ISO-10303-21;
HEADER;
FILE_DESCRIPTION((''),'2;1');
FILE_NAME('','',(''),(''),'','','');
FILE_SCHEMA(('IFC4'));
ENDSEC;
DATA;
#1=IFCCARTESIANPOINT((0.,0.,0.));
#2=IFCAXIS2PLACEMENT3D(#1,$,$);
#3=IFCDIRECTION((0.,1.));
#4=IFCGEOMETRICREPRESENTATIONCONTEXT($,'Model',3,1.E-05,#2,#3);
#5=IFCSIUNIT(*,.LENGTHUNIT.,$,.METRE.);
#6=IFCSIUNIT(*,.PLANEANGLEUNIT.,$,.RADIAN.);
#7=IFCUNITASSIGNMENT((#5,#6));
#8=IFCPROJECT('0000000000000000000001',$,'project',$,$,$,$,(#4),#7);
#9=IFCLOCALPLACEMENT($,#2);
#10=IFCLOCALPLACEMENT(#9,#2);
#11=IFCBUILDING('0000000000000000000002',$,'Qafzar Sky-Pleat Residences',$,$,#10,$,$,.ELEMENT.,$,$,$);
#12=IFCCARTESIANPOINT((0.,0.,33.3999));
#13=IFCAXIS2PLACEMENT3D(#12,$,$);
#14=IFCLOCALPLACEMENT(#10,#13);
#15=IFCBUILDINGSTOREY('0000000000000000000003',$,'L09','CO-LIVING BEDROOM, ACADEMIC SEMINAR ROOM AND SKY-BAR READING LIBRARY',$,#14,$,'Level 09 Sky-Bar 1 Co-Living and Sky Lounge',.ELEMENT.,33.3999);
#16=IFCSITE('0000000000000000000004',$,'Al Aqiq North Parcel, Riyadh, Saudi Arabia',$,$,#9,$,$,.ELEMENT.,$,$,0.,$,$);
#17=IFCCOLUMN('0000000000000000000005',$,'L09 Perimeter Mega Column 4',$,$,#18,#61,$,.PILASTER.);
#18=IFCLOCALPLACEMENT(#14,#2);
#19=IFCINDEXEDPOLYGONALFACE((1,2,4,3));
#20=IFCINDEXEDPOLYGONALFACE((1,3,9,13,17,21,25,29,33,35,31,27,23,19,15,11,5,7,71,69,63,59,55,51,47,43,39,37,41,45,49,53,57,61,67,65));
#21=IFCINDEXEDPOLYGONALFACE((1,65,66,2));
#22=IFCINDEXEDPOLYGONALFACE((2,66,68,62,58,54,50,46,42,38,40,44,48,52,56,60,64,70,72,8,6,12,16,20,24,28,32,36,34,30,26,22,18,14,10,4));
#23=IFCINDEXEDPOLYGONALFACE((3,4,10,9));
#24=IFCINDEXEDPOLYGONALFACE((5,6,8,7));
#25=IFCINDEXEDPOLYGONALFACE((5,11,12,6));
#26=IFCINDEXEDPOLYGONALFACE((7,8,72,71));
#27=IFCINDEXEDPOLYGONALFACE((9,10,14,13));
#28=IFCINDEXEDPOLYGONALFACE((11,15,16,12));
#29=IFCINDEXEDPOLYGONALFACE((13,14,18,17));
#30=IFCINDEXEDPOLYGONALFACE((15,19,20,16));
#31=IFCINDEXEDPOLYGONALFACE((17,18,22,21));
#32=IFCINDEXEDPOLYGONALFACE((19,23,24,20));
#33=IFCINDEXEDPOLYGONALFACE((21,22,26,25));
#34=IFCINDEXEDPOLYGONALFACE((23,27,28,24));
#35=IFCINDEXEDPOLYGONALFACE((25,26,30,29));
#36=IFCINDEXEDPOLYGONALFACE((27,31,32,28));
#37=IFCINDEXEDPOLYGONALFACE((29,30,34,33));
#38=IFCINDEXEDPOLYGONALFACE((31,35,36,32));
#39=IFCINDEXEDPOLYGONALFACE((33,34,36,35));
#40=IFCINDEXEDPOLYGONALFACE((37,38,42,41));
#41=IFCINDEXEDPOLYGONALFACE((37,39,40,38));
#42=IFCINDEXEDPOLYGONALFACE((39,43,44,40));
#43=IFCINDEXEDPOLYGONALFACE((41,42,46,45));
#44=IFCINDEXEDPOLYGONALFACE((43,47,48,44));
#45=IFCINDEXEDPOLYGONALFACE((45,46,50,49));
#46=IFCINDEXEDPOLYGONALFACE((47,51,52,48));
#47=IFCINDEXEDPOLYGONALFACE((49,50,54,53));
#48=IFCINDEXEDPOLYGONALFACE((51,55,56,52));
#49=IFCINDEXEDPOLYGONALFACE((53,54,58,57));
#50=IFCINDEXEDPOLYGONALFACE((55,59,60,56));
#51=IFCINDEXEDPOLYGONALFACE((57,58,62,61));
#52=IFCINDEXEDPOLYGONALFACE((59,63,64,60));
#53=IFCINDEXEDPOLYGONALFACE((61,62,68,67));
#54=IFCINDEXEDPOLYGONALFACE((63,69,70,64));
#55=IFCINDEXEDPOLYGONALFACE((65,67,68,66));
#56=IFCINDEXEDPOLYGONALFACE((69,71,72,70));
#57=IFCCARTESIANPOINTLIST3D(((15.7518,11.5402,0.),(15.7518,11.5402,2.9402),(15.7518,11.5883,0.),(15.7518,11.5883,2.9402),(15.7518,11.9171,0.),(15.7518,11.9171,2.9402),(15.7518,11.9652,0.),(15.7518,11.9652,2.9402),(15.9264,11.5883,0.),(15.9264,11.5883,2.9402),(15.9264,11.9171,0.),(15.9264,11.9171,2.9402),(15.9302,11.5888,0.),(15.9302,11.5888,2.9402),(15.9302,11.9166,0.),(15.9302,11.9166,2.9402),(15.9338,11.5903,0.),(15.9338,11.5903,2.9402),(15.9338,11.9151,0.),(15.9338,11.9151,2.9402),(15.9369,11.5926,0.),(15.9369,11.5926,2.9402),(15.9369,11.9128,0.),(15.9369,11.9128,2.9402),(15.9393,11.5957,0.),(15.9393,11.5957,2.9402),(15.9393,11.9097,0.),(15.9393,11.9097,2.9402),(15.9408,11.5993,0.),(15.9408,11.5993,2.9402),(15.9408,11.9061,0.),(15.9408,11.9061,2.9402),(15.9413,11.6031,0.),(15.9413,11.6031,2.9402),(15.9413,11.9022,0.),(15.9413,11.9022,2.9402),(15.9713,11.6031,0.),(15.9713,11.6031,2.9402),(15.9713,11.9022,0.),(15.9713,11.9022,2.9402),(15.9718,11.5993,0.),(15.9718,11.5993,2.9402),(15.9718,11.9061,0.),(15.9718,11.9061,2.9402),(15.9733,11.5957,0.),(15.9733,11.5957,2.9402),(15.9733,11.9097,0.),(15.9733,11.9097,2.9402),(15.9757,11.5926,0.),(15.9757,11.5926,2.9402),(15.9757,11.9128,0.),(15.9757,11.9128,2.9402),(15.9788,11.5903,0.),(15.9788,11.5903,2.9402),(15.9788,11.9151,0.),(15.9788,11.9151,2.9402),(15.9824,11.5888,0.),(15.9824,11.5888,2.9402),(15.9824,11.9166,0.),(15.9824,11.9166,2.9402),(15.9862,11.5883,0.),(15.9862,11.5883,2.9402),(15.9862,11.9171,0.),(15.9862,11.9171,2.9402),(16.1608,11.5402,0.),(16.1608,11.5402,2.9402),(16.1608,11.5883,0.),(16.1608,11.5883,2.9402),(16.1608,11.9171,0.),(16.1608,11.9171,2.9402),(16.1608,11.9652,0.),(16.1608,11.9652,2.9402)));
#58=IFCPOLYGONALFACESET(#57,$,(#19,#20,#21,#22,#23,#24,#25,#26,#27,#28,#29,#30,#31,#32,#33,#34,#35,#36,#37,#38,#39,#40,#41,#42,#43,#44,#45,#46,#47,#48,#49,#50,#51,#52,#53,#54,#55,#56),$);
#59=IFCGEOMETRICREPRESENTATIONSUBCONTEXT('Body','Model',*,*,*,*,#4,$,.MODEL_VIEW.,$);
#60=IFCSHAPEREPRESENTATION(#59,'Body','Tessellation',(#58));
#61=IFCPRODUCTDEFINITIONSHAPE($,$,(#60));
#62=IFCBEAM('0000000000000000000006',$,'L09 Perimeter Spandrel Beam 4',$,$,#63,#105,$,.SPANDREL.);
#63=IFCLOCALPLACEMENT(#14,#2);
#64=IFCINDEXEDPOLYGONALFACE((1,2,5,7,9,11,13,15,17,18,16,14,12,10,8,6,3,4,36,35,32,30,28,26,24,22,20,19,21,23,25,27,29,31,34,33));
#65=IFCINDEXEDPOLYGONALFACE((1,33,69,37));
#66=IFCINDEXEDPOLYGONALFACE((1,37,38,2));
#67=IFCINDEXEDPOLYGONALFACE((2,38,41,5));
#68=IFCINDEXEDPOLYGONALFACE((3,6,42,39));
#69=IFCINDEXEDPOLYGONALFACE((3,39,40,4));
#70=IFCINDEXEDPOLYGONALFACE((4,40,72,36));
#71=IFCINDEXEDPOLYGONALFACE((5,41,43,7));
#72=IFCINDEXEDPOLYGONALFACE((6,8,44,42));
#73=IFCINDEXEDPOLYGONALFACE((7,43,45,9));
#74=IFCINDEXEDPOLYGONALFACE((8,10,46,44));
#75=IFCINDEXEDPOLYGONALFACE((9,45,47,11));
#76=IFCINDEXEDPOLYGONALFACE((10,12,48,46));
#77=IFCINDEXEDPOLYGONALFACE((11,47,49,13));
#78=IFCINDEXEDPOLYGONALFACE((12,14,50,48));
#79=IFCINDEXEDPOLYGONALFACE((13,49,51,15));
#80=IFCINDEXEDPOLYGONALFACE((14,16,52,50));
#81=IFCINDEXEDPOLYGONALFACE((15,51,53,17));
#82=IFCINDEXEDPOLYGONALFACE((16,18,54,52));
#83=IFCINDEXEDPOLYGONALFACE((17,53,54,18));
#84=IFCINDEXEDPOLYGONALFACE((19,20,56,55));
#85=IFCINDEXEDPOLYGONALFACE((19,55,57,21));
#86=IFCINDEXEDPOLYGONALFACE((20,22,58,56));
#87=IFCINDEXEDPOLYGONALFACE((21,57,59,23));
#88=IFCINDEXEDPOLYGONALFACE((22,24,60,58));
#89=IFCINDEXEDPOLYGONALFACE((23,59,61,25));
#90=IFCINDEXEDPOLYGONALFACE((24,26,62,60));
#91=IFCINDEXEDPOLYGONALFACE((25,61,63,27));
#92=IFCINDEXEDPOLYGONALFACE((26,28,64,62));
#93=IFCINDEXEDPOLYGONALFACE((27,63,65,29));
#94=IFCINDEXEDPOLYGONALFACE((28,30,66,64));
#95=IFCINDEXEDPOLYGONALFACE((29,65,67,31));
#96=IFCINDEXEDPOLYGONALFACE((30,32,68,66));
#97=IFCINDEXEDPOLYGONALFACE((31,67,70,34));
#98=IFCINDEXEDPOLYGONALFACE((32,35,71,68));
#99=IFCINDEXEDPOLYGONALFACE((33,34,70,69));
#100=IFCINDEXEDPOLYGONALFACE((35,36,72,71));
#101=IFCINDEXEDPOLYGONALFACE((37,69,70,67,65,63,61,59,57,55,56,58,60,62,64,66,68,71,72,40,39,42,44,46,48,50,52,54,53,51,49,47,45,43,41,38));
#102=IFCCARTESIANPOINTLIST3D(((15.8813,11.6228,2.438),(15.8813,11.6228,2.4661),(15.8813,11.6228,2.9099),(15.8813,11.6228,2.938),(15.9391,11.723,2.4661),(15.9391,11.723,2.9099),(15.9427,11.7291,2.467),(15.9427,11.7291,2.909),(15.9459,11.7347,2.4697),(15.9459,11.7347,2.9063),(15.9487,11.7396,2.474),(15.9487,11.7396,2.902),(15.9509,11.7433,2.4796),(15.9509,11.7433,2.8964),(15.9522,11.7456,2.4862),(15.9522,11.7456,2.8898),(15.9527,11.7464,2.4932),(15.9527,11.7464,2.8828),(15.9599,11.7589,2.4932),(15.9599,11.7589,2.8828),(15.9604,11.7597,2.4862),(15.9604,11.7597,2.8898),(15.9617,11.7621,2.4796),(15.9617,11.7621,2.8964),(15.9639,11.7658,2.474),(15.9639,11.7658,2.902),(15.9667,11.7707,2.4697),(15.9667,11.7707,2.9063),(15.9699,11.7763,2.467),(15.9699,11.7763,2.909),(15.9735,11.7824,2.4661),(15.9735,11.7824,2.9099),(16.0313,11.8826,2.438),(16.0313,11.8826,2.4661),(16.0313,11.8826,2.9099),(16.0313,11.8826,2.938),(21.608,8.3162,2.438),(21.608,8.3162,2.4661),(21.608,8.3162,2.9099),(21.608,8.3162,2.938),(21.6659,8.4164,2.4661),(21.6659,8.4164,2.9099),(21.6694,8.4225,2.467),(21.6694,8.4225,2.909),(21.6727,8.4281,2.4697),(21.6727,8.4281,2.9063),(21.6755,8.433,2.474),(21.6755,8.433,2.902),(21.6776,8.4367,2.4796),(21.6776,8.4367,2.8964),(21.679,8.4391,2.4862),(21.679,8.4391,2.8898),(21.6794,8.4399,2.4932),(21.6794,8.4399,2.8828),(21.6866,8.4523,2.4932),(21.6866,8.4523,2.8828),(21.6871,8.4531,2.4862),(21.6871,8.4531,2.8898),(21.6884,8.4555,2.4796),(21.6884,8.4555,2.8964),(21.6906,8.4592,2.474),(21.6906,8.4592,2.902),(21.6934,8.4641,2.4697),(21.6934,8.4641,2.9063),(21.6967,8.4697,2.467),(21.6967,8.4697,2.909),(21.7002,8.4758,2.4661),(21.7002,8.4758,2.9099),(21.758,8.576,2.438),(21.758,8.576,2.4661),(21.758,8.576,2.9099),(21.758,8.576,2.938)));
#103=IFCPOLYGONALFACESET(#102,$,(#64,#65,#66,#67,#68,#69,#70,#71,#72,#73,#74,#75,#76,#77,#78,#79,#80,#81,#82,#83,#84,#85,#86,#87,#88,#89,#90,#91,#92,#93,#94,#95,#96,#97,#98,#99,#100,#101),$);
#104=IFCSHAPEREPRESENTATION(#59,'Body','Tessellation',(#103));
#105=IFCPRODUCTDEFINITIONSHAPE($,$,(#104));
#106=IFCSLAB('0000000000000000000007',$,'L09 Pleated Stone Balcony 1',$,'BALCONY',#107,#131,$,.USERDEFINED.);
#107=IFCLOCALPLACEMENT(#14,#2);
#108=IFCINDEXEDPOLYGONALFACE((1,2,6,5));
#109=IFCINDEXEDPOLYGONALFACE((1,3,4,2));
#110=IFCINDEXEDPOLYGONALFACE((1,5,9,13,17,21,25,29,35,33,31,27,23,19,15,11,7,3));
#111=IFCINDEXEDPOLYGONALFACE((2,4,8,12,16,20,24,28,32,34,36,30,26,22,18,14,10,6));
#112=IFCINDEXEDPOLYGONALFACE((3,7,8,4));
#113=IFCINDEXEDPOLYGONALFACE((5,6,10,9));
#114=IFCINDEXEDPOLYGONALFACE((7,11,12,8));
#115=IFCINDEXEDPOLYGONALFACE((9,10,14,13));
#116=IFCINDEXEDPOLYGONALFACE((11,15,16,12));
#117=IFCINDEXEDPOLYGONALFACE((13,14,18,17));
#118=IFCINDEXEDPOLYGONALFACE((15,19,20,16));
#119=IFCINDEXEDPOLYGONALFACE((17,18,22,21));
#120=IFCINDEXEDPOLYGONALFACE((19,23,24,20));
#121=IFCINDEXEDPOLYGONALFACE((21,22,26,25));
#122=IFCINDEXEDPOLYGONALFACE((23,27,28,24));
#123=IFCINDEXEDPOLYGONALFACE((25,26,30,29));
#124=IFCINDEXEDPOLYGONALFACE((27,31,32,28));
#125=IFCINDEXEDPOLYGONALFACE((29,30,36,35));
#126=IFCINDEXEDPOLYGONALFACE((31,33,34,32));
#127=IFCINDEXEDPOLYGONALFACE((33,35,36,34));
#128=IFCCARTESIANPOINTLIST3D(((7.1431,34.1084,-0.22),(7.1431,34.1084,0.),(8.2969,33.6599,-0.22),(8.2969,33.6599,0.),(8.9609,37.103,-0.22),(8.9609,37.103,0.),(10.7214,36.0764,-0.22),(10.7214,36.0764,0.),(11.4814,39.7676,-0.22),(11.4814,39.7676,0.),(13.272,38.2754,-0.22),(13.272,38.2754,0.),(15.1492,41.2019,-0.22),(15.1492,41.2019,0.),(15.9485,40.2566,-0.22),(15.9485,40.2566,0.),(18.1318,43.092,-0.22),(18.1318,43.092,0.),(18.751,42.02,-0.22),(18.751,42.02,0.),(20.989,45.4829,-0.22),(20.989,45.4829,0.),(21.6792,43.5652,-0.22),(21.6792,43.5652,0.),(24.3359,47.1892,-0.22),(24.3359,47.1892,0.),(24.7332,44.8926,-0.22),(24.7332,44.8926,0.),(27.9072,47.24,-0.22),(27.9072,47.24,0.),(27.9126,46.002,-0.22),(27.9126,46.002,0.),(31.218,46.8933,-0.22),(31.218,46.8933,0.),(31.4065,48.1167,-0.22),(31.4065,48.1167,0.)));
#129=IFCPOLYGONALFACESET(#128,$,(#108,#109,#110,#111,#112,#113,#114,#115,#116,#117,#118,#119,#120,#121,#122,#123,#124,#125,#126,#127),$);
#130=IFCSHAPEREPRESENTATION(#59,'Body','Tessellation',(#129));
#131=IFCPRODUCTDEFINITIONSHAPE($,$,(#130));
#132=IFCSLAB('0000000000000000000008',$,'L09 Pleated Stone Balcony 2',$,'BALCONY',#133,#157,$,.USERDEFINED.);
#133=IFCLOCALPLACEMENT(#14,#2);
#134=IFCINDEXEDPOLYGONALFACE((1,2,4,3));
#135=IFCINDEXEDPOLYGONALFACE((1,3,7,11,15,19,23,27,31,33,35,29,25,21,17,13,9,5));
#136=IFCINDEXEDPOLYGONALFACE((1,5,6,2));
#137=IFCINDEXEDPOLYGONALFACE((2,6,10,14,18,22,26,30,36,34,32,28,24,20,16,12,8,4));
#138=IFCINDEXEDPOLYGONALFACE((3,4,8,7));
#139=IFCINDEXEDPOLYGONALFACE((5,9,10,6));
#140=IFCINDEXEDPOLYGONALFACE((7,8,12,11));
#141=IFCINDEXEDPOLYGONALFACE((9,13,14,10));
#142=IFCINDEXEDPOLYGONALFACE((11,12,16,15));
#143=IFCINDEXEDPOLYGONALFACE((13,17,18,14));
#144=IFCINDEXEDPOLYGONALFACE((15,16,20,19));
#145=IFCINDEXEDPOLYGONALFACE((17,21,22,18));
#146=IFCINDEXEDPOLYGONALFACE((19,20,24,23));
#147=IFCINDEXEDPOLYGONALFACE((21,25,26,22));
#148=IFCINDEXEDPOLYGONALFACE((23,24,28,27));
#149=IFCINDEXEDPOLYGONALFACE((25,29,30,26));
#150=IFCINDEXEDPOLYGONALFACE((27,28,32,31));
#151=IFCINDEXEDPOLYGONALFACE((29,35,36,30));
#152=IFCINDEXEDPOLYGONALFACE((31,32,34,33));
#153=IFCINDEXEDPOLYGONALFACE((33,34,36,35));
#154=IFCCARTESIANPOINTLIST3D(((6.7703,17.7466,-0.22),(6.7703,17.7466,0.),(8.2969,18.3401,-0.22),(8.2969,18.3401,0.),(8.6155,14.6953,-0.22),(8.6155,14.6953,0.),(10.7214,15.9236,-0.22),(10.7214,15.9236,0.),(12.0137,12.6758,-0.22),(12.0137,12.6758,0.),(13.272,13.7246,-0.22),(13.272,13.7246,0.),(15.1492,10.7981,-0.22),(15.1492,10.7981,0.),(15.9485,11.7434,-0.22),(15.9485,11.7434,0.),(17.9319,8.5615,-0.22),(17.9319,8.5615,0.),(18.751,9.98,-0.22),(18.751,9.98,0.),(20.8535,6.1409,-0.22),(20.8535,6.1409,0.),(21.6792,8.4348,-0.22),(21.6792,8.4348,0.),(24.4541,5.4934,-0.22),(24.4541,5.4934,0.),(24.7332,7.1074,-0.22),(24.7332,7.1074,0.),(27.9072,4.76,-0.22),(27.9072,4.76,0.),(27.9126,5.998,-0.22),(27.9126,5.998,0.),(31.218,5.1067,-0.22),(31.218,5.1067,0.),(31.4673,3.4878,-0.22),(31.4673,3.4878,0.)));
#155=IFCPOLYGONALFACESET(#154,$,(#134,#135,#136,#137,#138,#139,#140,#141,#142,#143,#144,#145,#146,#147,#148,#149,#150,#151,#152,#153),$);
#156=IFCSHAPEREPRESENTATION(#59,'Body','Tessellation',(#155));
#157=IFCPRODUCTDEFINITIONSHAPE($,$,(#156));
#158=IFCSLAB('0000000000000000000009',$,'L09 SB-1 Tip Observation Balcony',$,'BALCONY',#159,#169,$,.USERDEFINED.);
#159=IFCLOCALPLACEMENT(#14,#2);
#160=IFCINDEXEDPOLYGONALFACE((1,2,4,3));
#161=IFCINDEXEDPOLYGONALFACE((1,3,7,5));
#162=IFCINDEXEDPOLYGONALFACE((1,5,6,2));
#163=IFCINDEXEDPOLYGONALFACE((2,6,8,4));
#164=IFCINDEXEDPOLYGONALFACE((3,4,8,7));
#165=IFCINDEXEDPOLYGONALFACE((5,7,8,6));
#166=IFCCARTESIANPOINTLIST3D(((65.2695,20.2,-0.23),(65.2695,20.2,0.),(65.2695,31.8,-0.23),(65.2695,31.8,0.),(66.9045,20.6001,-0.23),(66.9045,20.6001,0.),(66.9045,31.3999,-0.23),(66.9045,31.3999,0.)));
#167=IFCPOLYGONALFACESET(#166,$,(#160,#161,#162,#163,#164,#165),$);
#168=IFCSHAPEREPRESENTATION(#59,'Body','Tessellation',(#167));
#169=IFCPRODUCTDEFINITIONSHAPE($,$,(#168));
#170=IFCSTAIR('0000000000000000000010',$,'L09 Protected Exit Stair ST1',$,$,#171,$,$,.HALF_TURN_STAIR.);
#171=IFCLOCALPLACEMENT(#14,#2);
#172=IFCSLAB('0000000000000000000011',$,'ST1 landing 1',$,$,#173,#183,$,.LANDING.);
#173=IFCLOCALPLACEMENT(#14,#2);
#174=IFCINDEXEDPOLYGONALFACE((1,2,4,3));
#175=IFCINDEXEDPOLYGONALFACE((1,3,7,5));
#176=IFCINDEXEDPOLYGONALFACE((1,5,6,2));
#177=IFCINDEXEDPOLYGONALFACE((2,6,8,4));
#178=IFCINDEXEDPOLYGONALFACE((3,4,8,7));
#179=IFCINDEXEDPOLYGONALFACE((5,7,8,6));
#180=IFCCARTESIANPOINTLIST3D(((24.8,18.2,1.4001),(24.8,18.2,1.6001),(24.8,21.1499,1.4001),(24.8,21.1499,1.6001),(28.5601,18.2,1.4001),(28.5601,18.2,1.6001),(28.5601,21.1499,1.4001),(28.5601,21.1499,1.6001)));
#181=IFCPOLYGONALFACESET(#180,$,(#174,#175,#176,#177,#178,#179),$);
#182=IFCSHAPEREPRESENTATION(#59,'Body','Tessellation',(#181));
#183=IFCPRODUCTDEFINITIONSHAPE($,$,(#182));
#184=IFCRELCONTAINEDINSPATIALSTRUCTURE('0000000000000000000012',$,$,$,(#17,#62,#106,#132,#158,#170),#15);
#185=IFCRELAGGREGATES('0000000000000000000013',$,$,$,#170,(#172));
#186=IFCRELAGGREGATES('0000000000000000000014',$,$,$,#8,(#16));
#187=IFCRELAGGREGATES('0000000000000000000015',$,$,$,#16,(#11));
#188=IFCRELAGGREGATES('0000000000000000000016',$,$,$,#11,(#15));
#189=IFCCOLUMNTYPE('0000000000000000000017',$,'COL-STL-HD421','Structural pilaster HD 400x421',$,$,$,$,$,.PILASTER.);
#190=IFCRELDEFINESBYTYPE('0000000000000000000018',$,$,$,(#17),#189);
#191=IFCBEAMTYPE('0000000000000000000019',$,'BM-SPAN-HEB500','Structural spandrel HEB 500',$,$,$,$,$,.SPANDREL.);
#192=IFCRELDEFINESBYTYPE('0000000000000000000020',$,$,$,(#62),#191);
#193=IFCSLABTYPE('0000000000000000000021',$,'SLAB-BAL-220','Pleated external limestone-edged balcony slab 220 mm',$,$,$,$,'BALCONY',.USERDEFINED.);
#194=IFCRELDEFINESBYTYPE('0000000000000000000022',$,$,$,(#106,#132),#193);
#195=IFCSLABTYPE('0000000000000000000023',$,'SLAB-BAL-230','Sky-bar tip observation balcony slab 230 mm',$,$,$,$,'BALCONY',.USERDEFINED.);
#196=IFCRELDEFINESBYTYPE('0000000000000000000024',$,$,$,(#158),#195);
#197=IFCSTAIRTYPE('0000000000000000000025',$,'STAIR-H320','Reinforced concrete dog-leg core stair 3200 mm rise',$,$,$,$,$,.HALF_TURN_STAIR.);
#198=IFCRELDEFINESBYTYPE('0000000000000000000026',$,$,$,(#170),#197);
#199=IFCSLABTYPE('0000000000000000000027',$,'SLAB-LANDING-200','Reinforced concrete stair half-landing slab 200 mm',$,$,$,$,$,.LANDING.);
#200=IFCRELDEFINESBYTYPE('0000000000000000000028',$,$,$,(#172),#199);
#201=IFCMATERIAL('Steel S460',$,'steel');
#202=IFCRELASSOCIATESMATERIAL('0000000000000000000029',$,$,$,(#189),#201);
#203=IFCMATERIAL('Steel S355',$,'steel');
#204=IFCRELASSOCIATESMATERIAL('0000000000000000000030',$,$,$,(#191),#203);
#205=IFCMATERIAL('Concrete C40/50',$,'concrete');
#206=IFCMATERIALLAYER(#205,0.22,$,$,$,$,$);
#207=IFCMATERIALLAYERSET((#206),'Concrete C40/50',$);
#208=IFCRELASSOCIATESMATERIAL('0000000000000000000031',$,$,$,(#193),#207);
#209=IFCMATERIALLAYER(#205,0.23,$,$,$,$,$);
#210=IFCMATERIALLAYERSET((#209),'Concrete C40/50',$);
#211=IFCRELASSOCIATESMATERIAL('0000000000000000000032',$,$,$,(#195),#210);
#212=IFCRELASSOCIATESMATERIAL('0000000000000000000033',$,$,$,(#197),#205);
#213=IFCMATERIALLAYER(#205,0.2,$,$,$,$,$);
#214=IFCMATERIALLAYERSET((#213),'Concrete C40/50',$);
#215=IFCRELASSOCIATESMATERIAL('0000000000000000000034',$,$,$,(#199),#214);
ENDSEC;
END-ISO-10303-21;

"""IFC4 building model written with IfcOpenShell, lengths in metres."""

from ifc_helpers import new_model, si_unit, direction, frame, origin, origin_2d, place, context, subcontext, project, spatial, polyline, i_section, outline, extrude, source, transform, mapped, material, layer, layer_set, material_profile, profile_set, type_object, element, aggregate, save


model = new_model("IFC4")

# Units and contexts
model_context = context("Model", 3, precision=1e-05, world=origin(), true_north=direction((0.0, 1.0)))
body_context = subcontext(model_context, "Body", "Model", "MODEL_VIEW")
ifc_project = project(units=[si_unit("LENGTHUNIT", "METRE"), si_unit("PLANEANGLEUNIT", "RADIAN")], contexts=[model_context])

# Site, building, storey
site_placement = place(None, origin())
site = spatial("IfcSite", under=ifc_project, at=site_placement, Name="Al Aqiq North Parcel, Riyadh, Saudi Arabia", CompositionType="ELEMENT", RefElevation=0.0)
building_placement = place(site_placement, origin())
building = spatial("IfcBuilding", under=site, at=building_placement, Name="Qafzar Sky-Pleat Residences", CompositionType="ELEMENT")
storey_placement = place(building_placement, frame((0.0, 0.0, 33.3999)))
storey = spatial("IfcBuildingStorey", under=building, at=storey_placement, Name="L09", Description="CO-LIVING BEDROOM, ACADEMIC SEMINAR ROOM AND SKY-BAR READING LIBRARY", LongName="Level 09 Sky-Bar 1 Co-Living and Sky Lounge", CompositionType="ELEMENT", Elevation=33.3999)

# Column
ifc_material_1 = material(Name="Steel S460", Category="steel")
ifc_material_profile_1 = material_profile(ifc_material_1, i_section(OverallWidth=0.4089, OverallDepth=0.425, WebThickness=0.03, FlangeThickness=0.0481, FilletRadius=0.0149, at=origin_2d()), Name="HD 400x421")
ifc_profile_set_1 = profile_set([ifc_material_profile_1], Name="Steel S460")
column_type = type_object("IfcColumnType", Name="COL-STL-HD421", Description="Structural pilaster HD 400x421", PredefinedType="PILASTER", material=ifc_profile_set_1)
shared_shape_1 = source(origin(), body_context, "Body", "SweptSolid", [
    extrude(i_section(OverallWidth=0.4089, OverallDepth=0.425, WebThickness=0.03, FlangeThickness=0.0481, FilletRadius=0.0149, at=origin_2d()), origin(), (0.0, 0.0, 1.0), 2.9402),
])
column_placement = place(storey_placement, frame((15.9563, 11.7527, 0.0), z_axis=(0.0, 0.0, 1.0), x_axis=(1.0, 0.0, 0.0)))
element("IfcColumn", 1, at=column_placement, inside=storey, type_object=column_type, Name="L09 Perimeter Mega Column 4", PredefinedType="PILASTER", context=body_context, shape_type="MappedRepresentation", body=[
    mapped(shared_shape_1, transform((0.0, 0.0, 0.0), x_axis=(1.0, 0.0, 0.0), y_axis=(0.0, 1.0, 0.0), z_axis=(0.0, 0.0, 1.0), scale=1.0)),
])

# Beam
ifc_material_2 = material(Name="Steel S355", Category="steel")
ifc_material_profile_2 = material_profile(ifc_material_2, i_section(OverallWidth=0.3, OverallDepth=0.5, WebThickness=0.0144, FlangeThickness=0.0281, FilletRadius=0.0271, at=origin_2d()), Name="HEB 500")
ifc_profile_set_2 = profile_set([ifc_material_profile_2], Name="Steel S355")
beam_type = type_object("IfcBeamType", Name="BM-SPAN-HEB500", Description="Structural spandrel HEB 500", PredefinedType="SPANDREL", material=ifc_profile_set_2)
shared_shape_2 = source(origin(), body_context, "Body", "SweptSolid", [
    extrude(i_section(OverallWidth=0.3, OverallDepth=0.5, WebThickness=0.0144, FlangeThickness=0.0281, FilletRadius=0.0271, at=origin_2d()), origin(), (0.0, 0.0, 1.0), 6.6128),
])
beam_placement = place(storey_placement, frame((15.9563, 11.7527, 2.688), z_axis=(0.866008, -0.50003, 0.0), x_axis=(0.50003, 0.866008, 0.0)))
element("IfcBeam", 2, at=beam_placement, inside=storey, type_object=beam_type, Name="L09 Perimeter Spandrel Beam 4", PredefinedType="SPANDREL", context=body_context, shape_type="MappedRepresentation", body=[
    mapped(shared_shape_2, transform((0.0, 0.0, 0.0), x_axis=(1.0, 0.0, 0.0), y_axis=(0.0, 1.0, 0.0), z_axis=(0.0, 0.0, 1.0), scale=1.0)),
])

# Slabs
ifc_material_3 = material(Name="Concrete C40/50", Category="concrete")
ifc_layer_1 = layer(ifc_material_3, 0.22)
ifc_layer_set_1 = layer_set([ifc_layer_1], Name="Concrete C40/50")
slab_type_1 = type_object("IfcSlabType", Name="SLAB-BAL-220", Description="Pleated external limestone-edged balcony slab 220 mm", ElementType="BALCONY", PredefinedType="USERDEFINED", material=ifc_layer_set_1)
slab_1_placement = place(storey_placement, frame((0.0, 0.0, -0.22)))
element("IfcSlab", 3, at=slab_1_placement, inside=storey, type_object=slab_type_1, Name="L09 Pleated Stone Balcony 1", ObjectType="BALCONY", PredefinedType="USERDEFINED", context=body_context, shape_type="SweptSolid", body=[
    extrude(outline(polyline([(27.9126, 46.002), (24.7332, 44.8926), (21.6792, 43.5652), (18.751, 42.02), (15.9485, 40.2566), (13.272, 38.2754), (10.7214, 36.0764), (8.2969, 33.6599), (7.1431, 34.1084), (8.9609, 37.103), (11.4814, 39.7676), (15.1492, 41.2019), (18.1318, 43.092), (20.989, 45.4829), (24.3359, 47.1892), (27.9072, 47.24), (31.4065, 48.1167), (31.218, 46.8933), (27.9126, 46.002)])), origin(), (0.0, 0.0, 1.0), 0.22),
])
slab_2_placement = place(storey_placement, frame((0.0, 0.0, -0.22)))
element("IfcSlab", 4, at=slab_2_placement, inside=storey, type_object=slab_type_1, Name="L09 Pleated Stone Balcony 2", ObjectType="BALCONY", PredefinedType="USERDEFINED", context=body_context, shape_type="SweptSolid", body=[
    extrude(outline(polyline([(10.7214, 15.9236), (13.272, 13.7246), (15.9485, 11.7434), (18.751, 9.98), (21.6792, 8.4348), (24.7332, 7.1074), (27.9126, 5.998), (31.218, 5.1067), (31.4673, 3.4878), (27.9072, 4.76), (24.4541, 5.4934), (20.8535, 6.1409), (17.9319, 8.5615), (15.1492, 10.7981), (12.0137, 12.6758), (8.6155, 14.6953), (6.7703, 17.7466), (8.2969, 18.3401), (10.7214, 15.9236)])), origin(), (0.0, 0.0, 1.0), 0.22),
])
ifc_layer_2 = layer(ifc_material_3, 0.23)
ifc_layer_set_2 = layer_set([ifc_layer_2], Name="Concrete C40/50")
slab_type_2 = type_object("IfcSlabType", Name="SLAB-BAL-230", Description="Sky-bar tip observation balcony slab 230 mm", ElementType="BALCONY", PredefinedType="USERDEFINED", material=ifc_layer_set_2)
slab_3_placement = place(storey_placement, frame((0.0, 0.0, -0.23)))
element("IfcSlab", 5, at=slab_3_placement, inside=storey, type_object=slab_type_2, Name="L09 SB-1 Tip Observation Balcony", ObjectType="BALCONY", PredefinedType="USERDEFINED", context=body_context, shape_type="SweptSolid", body=[
    extrude(outline(polyline([(65.2695, 20.2), (66.9045, 20.6001), (66.9045, 31.3999), (65.2695, 31.8), (65.2695, 20.2)])), origin(), (0.0, 0.0, 1.0), 0.23),
])

# Stair, slab
stair_type = type_object("IfcStairType", Name="STAIR-H320", Description="Reinforced concrete dog-leg core stair 3200 mm rise", PredefinedType="HALF_TURN_STAIR", material=ifc_material_3)
stair_1_placement = place(storey_placement, origin())
stair_1 = element("IfcStair", 6, at=stair_1_placement, inside=storey, type_object=stair_type, Name="L09 Protected Exit Stair ST1", PredefinedType="HALF_TURN_STAIR")
ifc_layer_3 = layer(ifc_material_3, 0.2)
ifc_layer_set_3 = layer_set([ifc_layer_3], Name="Concrete C40/50")
slab_type_3 = type_object("IfcSlabType", Name="SLAB-LANDING-200", Description="Reinforced concrete stair half-landing slab 200 mm", PredefinedType="LANDING", material=ifc_layer_set_3)
slab_4_placement = place(storey_placement, frame((0.0, 0.0, 1.4001)))
slab_4 = element("IfcSlab", 7, at=slab_4_placement, type_object=slab_type_3, Name="ST1 landing 1", PredefinedType="LANDING", context=body_context, shape_type="SweptSolid", body=[
    extrude(outline(polyline([(28.5601, 21.1499), (24.8, 21.1499), (24.8, 18.2), (28.5601, 18.2), (28.5601, 21.1499)])), origin(), (0.0, 0.0, 1.0), 0.2),
])
aggregate(stair_1, [slab_4])

save(model, "model.ifc")
